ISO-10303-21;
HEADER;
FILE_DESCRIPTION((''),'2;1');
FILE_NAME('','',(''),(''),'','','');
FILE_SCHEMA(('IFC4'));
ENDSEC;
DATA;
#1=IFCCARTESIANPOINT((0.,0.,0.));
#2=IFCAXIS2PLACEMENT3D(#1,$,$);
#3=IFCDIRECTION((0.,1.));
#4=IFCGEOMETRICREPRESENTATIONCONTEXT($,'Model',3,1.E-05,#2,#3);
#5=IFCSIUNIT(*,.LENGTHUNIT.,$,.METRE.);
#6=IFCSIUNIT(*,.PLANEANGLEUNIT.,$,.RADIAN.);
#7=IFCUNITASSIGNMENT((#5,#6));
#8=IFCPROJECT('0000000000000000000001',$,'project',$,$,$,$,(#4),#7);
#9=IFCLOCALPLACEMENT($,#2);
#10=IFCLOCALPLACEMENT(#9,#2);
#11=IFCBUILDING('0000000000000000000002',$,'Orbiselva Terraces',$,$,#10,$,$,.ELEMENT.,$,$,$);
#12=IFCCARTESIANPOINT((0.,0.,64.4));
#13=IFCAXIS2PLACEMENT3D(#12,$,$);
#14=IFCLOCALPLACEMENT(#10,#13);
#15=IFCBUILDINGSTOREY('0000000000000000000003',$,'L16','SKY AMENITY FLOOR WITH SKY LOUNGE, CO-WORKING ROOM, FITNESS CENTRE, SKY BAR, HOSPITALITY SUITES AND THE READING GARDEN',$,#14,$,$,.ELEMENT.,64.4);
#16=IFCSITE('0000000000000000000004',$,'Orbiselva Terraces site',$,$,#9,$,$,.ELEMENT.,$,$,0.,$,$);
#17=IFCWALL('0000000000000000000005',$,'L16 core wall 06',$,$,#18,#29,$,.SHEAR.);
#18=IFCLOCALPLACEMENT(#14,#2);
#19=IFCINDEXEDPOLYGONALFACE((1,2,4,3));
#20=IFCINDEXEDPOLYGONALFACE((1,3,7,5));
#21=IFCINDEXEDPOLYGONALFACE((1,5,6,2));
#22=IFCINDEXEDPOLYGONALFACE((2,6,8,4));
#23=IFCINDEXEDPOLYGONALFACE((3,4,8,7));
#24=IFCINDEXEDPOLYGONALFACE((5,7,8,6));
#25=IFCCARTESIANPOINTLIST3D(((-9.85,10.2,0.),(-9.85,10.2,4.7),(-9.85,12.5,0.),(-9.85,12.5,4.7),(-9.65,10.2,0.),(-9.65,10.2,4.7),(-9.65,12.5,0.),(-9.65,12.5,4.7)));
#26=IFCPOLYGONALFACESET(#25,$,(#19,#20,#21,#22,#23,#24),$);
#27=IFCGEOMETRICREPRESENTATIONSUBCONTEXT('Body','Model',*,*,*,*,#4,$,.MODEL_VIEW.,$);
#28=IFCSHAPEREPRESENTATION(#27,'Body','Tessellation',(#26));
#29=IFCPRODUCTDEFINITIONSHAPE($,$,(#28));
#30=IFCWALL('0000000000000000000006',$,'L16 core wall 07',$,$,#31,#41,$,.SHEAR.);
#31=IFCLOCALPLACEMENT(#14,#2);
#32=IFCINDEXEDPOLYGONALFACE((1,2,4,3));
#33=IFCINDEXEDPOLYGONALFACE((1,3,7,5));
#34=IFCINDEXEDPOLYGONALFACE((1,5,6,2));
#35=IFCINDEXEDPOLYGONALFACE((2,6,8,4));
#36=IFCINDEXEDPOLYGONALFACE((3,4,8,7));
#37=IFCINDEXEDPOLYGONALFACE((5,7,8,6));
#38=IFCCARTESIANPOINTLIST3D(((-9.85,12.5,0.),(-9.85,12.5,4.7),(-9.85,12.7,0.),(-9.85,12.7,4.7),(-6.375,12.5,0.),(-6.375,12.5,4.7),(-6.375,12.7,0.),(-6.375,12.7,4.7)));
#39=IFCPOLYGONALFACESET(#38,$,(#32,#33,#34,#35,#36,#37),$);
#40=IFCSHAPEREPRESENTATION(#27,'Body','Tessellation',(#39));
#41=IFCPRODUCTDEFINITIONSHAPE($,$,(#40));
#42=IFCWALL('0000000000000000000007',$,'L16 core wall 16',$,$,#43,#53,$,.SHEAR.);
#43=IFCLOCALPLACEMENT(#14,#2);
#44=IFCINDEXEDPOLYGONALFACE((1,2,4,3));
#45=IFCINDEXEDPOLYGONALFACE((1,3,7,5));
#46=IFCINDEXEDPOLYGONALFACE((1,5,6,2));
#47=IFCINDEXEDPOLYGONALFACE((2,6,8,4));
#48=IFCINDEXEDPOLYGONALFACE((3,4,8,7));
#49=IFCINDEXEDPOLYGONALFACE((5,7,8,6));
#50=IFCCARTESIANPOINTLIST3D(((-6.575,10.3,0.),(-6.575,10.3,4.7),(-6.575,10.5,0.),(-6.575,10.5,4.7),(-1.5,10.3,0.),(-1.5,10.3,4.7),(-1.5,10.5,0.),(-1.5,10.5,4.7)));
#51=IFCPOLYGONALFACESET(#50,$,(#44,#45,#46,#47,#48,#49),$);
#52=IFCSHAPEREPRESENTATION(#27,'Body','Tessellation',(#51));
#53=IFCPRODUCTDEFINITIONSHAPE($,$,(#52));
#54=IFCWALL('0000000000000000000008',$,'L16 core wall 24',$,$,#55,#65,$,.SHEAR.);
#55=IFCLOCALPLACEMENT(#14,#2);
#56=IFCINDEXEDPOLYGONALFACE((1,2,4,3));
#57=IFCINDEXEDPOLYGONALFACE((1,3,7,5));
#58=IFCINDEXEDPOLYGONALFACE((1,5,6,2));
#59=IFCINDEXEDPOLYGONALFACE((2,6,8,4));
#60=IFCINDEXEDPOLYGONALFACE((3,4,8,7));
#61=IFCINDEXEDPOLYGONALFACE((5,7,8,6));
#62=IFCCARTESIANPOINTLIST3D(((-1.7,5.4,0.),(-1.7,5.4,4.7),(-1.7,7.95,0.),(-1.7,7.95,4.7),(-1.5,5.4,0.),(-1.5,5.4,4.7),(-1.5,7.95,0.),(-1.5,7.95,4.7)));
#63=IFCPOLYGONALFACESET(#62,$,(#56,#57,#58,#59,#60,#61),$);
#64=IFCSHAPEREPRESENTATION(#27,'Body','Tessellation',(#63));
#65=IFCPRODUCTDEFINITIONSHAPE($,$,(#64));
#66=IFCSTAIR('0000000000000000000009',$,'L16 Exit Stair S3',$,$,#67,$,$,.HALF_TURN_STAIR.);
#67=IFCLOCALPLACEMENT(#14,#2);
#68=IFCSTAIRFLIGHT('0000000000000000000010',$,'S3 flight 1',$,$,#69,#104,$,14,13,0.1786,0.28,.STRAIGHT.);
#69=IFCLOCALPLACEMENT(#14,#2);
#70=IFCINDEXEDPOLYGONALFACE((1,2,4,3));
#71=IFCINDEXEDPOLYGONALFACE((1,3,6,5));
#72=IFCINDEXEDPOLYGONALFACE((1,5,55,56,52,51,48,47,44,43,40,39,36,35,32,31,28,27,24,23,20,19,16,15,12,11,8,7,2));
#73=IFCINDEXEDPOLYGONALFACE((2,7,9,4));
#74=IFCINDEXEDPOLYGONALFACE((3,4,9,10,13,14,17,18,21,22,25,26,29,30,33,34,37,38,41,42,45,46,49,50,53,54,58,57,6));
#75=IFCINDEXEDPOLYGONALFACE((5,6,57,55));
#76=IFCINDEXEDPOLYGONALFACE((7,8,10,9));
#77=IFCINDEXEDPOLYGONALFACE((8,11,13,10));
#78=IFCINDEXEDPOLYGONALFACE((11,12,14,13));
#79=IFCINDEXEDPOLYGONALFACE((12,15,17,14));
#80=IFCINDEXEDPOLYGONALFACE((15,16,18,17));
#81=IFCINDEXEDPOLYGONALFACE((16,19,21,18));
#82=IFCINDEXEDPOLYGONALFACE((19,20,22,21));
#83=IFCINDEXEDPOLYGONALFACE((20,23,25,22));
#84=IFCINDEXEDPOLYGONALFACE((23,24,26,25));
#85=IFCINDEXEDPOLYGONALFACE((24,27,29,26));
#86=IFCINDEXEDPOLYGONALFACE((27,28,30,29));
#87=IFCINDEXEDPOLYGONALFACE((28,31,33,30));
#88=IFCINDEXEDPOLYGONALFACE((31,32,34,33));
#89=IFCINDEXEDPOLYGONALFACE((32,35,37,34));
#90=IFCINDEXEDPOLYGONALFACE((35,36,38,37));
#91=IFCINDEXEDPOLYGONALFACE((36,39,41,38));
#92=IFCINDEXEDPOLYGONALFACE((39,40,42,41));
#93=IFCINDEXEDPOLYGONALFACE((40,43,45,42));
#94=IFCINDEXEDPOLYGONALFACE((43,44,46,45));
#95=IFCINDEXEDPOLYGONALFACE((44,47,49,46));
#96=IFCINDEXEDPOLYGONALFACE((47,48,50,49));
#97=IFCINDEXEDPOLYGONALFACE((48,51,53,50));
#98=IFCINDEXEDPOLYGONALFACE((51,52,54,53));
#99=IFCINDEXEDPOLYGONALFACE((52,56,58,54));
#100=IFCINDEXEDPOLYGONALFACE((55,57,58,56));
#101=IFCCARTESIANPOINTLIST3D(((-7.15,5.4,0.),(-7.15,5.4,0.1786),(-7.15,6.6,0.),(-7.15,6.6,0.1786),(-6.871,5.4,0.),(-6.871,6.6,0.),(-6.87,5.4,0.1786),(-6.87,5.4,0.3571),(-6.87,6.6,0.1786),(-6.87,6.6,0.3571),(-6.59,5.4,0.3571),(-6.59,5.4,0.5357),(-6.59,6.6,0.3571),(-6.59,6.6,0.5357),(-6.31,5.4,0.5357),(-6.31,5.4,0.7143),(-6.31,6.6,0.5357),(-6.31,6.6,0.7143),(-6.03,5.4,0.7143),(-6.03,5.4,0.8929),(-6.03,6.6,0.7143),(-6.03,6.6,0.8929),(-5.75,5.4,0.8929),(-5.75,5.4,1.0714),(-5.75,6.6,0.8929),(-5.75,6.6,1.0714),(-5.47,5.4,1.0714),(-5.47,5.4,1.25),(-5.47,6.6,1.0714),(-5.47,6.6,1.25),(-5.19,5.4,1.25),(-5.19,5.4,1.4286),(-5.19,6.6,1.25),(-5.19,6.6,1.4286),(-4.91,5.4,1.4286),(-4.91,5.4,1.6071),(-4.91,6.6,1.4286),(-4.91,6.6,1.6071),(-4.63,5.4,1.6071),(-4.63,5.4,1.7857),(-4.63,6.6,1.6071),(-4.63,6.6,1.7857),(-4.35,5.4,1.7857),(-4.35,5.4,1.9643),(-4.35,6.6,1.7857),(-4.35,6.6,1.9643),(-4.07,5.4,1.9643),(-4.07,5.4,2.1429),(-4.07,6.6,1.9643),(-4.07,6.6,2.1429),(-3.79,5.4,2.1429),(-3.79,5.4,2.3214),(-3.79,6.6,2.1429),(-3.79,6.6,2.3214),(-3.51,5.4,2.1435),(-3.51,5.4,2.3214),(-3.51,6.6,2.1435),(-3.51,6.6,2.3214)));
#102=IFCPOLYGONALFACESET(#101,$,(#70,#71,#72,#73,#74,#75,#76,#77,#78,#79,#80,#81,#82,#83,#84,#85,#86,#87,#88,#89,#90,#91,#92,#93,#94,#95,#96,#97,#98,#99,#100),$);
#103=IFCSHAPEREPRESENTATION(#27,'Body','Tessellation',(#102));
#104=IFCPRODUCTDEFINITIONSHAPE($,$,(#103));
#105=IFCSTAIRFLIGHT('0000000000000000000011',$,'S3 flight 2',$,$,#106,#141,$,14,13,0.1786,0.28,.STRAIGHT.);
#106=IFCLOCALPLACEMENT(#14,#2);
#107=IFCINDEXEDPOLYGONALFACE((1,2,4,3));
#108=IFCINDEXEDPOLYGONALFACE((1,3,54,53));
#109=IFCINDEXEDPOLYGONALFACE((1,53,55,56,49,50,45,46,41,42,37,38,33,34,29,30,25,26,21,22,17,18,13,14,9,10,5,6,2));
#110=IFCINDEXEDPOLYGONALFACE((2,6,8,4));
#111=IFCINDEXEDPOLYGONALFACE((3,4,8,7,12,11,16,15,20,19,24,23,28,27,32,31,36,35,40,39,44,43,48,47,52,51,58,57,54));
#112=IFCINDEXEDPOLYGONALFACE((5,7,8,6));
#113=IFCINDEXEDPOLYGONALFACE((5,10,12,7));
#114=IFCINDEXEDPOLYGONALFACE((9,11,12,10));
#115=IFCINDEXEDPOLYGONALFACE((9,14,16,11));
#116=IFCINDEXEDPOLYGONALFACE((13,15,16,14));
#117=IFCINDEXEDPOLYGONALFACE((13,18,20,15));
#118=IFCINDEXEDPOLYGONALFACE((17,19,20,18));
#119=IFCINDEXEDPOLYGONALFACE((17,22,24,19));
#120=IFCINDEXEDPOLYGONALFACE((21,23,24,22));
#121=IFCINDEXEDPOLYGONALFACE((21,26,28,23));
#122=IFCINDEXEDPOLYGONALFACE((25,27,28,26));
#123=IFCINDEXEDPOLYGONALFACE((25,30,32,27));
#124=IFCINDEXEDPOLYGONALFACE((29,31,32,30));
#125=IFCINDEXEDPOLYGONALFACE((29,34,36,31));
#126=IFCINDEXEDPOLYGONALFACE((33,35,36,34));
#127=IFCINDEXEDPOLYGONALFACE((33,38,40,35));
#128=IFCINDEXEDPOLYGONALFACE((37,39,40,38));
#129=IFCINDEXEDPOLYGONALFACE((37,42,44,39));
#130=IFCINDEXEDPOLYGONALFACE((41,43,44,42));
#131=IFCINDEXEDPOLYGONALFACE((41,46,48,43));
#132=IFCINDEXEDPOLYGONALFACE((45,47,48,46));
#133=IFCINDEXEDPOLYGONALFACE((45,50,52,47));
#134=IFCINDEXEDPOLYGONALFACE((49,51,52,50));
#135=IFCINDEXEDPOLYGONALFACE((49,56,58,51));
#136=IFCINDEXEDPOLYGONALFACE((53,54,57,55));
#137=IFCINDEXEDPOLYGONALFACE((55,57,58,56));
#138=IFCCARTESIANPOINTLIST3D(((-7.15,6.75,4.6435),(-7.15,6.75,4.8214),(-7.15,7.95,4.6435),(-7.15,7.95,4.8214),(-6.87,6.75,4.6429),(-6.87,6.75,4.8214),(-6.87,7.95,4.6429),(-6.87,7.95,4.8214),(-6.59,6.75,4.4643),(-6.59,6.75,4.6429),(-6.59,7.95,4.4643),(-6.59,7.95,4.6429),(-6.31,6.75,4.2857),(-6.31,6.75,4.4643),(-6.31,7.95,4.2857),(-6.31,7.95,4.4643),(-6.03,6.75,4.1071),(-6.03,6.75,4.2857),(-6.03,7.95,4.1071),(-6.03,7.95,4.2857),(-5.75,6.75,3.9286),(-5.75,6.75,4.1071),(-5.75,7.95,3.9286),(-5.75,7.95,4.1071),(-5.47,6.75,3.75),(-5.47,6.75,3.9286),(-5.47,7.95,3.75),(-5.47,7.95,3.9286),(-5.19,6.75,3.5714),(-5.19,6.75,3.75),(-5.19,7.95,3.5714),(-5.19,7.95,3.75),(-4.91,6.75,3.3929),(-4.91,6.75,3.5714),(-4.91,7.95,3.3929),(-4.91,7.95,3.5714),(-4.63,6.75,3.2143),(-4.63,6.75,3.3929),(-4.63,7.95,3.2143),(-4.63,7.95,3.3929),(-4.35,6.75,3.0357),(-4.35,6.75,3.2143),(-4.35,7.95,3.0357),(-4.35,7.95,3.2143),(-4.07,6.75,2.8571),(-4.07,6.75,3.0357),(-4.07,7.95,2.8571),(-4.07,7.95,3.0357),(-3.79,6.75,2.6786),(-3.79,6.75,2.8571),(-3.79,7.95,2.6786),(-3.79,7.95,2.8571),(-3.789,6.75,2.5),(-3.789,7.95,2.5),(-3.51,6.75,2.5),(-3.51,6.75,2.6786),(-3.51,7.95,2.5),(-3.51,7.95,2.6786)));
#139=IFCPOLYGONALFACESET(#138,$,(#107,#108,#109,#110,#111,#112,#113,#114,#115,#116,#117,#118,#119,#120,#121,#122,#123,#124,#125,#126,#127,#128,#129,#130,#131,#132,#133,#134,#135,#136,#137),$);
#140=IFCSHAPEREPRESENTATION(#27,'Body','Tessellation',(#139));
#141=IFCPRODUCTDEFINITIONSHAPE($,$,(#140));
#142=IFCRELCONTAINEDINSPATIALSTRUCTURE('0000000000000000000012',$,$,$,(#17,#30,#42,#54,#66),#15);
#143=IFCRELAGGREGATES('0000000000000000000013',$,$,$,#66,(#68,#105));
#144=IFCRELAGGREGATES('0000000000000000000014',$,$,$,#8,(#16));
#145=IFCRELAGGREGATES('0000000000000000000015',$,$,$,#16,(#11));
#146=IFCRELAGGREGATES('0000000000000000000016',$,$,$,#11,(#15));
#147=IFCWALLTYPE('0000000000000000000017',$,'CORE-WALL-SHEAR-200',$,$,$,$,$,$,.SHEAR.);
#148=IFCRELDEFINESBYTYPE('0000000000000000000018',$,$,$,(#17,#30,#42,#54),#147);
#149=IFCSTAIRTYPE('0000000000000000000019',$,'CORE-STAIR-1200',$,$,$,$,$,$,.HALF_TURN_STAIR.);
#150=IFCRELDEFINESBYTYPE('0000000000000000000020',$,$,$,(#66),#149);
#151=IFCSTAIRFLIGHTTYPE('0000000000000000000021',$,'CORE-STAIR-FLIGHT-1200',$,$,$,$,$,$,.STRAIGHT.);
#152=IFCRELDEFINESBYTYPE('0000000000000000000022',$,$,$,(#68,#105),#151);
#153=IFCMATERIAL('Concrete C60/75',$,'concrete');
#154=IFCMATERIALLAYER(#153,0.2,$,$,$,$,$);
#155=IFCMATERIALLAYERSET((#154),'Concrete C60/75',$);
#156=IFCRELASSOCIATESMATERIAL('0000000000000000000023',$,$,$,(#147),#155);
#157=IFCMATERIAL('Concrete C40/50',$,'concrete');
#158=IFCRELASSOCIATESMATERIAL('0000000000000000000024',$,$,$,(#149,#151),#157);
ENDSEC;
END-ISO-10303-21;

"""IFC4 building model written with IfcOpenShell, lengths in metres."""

from ifc_helpers import new_model, si_unit, direction, frame, frame_2d, origin, place, context, subcontext, project, spatial, polyline, rectangle, outline, extrude, material, layer, layer_set, type_object, element, aggregate, save


model = new_model("IFC4")

# Units and contexts
model_context = context("Model", 3, precision=1e-05, world=origin(), true_north=direction((0.0, 1.0)))
body_context = subcontext(model_context, "Body", "Model", "MODEL_VIEW")
ifc_project = project(units=[si_unit("LENGTHUNIT", "METRE"), si_unit("PLANEANGLEUNIT", "RADIAN")], contexts=[model_context])

# Site, building, storey
site_placement = place(None, origin())
site = spatial("IfcSite", under=ifc_project, at=site_placement, Name="Orbiselva Terraces site", CompositionType="ELEMENT", RefElevation=0.0)
building_placement = place(site_placement, origin())
building = spatial("IfcBuilding", under=site, at=building_placement, Name="Orbiselva Terraces", CompositionType="ELEMENT")
storey_placement = place(building_placement, frame((0.0, 0.0, 64.4)))
storey = spatial("IfcBuildingStorey", under=building, at=storey_placement, Name="L16", Description="SKY AMENITY FLOOR WITH SKY LOUNGE, CO-WORKING ROOM, FITNESS CENTRE, SKY BAR, HOSPITALITY SUITES AND THE READING GARDEN", CompositionType="ELEMENT", Elevation=64.4)

# Walls
ifc_material_1 = material(Name="Concrete C60/75", Category="concrete")
ifc_layer_1 = layer(ifc_material_1, 0.2)
ifc_layer_set_1 = layer_set([ifc_layer_1], Name="Concrete C60/75")
wall_type_1 = type_object("IfcWallType", Name="CORE-WALL-SHEAR-200", PredefinedType="SHEAR", material=ifc_layer_set_1)
wall_1_placement = place(storey_placement, frame((-9.75, 10.2, 0.0), z_axis=(0.0, 0.0, 1.0), x_axis=(0.0, 1.0, 0.0)))
element("IfcWall", 1, at=wall_1_placement, inside=storey, type_object=wall_type_1, Name="L16 core wall 06", PredefinedType="SHEAR", context=body_context, shape_type="SweptSolid", body=[
    extrude(rectangle(XDim=2.3, YDim=0.2, at=frame_2d((1.15, 0.0))), origin(), (0.0, 0.0, 1.0), 4.7),
])
wall_2_placement = place(storey_placement, frame((-9.85, 12.6, 0.0), z_axis=(0.0, 0.0, 1.0), x_axis=(1.0, 0.0, 0.0)))
element("IfcWall", 2, at=wall_2_placement, inside=storey, type_object=wall_type_1, Name="L16 core wall 07", PredefinedType="SHEAR", context=body_context, shape_type="SweptSolid", body=[
    extrude(rectangle(XDim=3.475, YDim=0.2, at=frame_2d((1.7375, 0.0))), origin(), (0.0, 0.0, 1.0), 4.7),
])
wall_3_placement = place(storey_placement, frame((-6.575, 10.4, 0.0), z_axis=(0.0, 0.0, 1.0), x_axis=(1.0, 0.0, 0.0)))
element("IfcWall", 3, at=wall_3_placement, inside=storey, type_object=wall_type_1, Name="L16 core wall 16", PredefinedType="SHEAR", context=body_context, shape_type="SweptSolid", body=[
    extrude(rectangle(XDim=5.075, YDim=0.2, at=frame_2d((2.5375, 0.0))), origin(), (0.0, 0.0, 1.0), 4.7),
])
wall_4_placement = place(storey_placement, frame((-1.6, 5.4, 0.0), z_axis=(0.0, 0.0, 1.0), x_axis=(0.0, 1.0, 0.0)))
element("IfcWall", 4, at=wall_4_placement, inside=storey, type_object=wall_type_1, Name="L16 core wall 24", PredefinedType="SHEAR", context=body_context, shape_type="SweptSolid", body=[
    extrude(rectangle(XDim=2.55, YDim=0.2, at=frame_2d((1.275, 0.0))), origin(), (0.0, 0.0, 1.0), 4.7),
])

# Stair, stair flights
ifc_material_2 = material(Name="Concrete C40/50", Category="concrete")
stair_type = type_object("IfcStairType", Name="CORE-STAIR-1200", PredefinedType="HALF_TURN_STAIR", material=ifc_material_2)
stair_placement = place(storey_placement, origin())
stair = element("IfcStair", 5, at=stair_placement, inside=storey, type_object=stair_type, Name="L16 Exit Stair S3", PredefinedType="HALF_TURN_STAIR")
stair_flight_type = type_object("IfcStairFlightType", Name="CORE-STAIR-FLIGHT-1200", PredefinedType="STRAIGHT", material=ifc_material_2)
stair_flight_1_placement = place(storey_placement, frame((-7.15, 6.0, 0.0), z_axis=(0.0, 0.0, 1.0), x_axis=(1.0, 0.0, 0.0)))
stair_flight_1 = element("IfcStairFlight", 6, at=stair_flight_1_placement, type_object=stair_flight_type, Name="S3 flight 1", NumberOfRisers=14, NumberOfTreads=13, PredefinedType="STRAIGHT", RiserHeight=0.1786, TreadLength=0.28, context=body_context, shape_type="SweptSolid", body=[
    extrude(outline(polyline([(0.0, 0.0), (0.0, 0.1786), (0.28, 0.1786), (0.28, 0.3571), (0.56, 0.3571), (0.56, 0.5357), (0.84, 0.5357), (0.84, 0.7143), (1.12, 0.7143), (1.12, 0.8929), (1.4, 0.8929), (1.4, 1.0714), (1.68, 1.0714), (1.68, 1.25), (1.96, 1.25), (1.96, 1.4286), (2.24, 1.4286), (2.24, 1.6071), (2.52, 1.6071), (2.52, 1.7857), (2.8, 1.7857), (2.8, 1.9643), (3.08, 1.9643), (3.08, 2.1429), (3.36, 2.1429), (3.36, 2.3214), (3.64, 2.3214), (3.64, 2.5), (3.64, 2.1435), (0.279, 0.0), (0.0, 0.0)])), frame((0.0, 0.6, 0.0), z_axis=(0.0, -1.0, 0.0), x_axis=(1.0, 0.0, 0.0)), (0.0, 0.0, 1.0), 1.2),
])
stair_flight_2_placement = place(storey_placement, frame((-3.51, 7.35, 2.5), z_axis=(0.0, 0.0, 1.0), x_axis=(-1.0, 0.0, 0.0)))
stair_flight_2 = element("IfcStairFlight", 7, at=stair_flight_2_placement, type_object=stair_flight_type, Name="S3 flight 2", NumberOfRisers=14, NumberOfTreads=13, PredefinedType="STRAIGHT", RiserHeight=0.1786, TreadLength=0.28, context=body_context, shape_type="SweptSolid", body=[
    extrude(outline(polyline([(0.0, 0.0), (0.0, 0.1786), (0.28, 0.1786), (0.28, 0.3571), (0.56, 0.3571), (0.56, 0.5357), (0.84, 0.5357), (0.84, 0.7143), (1.12, 0.7143), (1.12, 0.8929), (1.4, 0.8929), (1.4, 1.0714), (1.68, 1.0714), (1.68, 1.25), (1.96, 1.25), (1.96, 1.4286), (2.24, 1.4286), (2.24, 1.6071), (2.52, 1.6071), (2.52, 1.7857), (2.8, 1.7857), (2.8, 1.9643), (3.08, 1.9643), (3.08, 2.1429), (3.36, 2.1429), (3.36, 2.3214), (3.64, 2.3214), (3.64, 2.5), (3.64, 2.1435), (0.279, 0.0), (0.0, 0.0)])), frame((0.0, 0.6, 0.0), z_axis=(0.0, -1.0, 0.0), x_axis=(1.0, 0.0, 0.0)), (0.0, 0.0, 1.0), 1.2),
])
aggregate(stair, [stair_flight_1, stair_flight_2])

save(model, "model.ifc")
